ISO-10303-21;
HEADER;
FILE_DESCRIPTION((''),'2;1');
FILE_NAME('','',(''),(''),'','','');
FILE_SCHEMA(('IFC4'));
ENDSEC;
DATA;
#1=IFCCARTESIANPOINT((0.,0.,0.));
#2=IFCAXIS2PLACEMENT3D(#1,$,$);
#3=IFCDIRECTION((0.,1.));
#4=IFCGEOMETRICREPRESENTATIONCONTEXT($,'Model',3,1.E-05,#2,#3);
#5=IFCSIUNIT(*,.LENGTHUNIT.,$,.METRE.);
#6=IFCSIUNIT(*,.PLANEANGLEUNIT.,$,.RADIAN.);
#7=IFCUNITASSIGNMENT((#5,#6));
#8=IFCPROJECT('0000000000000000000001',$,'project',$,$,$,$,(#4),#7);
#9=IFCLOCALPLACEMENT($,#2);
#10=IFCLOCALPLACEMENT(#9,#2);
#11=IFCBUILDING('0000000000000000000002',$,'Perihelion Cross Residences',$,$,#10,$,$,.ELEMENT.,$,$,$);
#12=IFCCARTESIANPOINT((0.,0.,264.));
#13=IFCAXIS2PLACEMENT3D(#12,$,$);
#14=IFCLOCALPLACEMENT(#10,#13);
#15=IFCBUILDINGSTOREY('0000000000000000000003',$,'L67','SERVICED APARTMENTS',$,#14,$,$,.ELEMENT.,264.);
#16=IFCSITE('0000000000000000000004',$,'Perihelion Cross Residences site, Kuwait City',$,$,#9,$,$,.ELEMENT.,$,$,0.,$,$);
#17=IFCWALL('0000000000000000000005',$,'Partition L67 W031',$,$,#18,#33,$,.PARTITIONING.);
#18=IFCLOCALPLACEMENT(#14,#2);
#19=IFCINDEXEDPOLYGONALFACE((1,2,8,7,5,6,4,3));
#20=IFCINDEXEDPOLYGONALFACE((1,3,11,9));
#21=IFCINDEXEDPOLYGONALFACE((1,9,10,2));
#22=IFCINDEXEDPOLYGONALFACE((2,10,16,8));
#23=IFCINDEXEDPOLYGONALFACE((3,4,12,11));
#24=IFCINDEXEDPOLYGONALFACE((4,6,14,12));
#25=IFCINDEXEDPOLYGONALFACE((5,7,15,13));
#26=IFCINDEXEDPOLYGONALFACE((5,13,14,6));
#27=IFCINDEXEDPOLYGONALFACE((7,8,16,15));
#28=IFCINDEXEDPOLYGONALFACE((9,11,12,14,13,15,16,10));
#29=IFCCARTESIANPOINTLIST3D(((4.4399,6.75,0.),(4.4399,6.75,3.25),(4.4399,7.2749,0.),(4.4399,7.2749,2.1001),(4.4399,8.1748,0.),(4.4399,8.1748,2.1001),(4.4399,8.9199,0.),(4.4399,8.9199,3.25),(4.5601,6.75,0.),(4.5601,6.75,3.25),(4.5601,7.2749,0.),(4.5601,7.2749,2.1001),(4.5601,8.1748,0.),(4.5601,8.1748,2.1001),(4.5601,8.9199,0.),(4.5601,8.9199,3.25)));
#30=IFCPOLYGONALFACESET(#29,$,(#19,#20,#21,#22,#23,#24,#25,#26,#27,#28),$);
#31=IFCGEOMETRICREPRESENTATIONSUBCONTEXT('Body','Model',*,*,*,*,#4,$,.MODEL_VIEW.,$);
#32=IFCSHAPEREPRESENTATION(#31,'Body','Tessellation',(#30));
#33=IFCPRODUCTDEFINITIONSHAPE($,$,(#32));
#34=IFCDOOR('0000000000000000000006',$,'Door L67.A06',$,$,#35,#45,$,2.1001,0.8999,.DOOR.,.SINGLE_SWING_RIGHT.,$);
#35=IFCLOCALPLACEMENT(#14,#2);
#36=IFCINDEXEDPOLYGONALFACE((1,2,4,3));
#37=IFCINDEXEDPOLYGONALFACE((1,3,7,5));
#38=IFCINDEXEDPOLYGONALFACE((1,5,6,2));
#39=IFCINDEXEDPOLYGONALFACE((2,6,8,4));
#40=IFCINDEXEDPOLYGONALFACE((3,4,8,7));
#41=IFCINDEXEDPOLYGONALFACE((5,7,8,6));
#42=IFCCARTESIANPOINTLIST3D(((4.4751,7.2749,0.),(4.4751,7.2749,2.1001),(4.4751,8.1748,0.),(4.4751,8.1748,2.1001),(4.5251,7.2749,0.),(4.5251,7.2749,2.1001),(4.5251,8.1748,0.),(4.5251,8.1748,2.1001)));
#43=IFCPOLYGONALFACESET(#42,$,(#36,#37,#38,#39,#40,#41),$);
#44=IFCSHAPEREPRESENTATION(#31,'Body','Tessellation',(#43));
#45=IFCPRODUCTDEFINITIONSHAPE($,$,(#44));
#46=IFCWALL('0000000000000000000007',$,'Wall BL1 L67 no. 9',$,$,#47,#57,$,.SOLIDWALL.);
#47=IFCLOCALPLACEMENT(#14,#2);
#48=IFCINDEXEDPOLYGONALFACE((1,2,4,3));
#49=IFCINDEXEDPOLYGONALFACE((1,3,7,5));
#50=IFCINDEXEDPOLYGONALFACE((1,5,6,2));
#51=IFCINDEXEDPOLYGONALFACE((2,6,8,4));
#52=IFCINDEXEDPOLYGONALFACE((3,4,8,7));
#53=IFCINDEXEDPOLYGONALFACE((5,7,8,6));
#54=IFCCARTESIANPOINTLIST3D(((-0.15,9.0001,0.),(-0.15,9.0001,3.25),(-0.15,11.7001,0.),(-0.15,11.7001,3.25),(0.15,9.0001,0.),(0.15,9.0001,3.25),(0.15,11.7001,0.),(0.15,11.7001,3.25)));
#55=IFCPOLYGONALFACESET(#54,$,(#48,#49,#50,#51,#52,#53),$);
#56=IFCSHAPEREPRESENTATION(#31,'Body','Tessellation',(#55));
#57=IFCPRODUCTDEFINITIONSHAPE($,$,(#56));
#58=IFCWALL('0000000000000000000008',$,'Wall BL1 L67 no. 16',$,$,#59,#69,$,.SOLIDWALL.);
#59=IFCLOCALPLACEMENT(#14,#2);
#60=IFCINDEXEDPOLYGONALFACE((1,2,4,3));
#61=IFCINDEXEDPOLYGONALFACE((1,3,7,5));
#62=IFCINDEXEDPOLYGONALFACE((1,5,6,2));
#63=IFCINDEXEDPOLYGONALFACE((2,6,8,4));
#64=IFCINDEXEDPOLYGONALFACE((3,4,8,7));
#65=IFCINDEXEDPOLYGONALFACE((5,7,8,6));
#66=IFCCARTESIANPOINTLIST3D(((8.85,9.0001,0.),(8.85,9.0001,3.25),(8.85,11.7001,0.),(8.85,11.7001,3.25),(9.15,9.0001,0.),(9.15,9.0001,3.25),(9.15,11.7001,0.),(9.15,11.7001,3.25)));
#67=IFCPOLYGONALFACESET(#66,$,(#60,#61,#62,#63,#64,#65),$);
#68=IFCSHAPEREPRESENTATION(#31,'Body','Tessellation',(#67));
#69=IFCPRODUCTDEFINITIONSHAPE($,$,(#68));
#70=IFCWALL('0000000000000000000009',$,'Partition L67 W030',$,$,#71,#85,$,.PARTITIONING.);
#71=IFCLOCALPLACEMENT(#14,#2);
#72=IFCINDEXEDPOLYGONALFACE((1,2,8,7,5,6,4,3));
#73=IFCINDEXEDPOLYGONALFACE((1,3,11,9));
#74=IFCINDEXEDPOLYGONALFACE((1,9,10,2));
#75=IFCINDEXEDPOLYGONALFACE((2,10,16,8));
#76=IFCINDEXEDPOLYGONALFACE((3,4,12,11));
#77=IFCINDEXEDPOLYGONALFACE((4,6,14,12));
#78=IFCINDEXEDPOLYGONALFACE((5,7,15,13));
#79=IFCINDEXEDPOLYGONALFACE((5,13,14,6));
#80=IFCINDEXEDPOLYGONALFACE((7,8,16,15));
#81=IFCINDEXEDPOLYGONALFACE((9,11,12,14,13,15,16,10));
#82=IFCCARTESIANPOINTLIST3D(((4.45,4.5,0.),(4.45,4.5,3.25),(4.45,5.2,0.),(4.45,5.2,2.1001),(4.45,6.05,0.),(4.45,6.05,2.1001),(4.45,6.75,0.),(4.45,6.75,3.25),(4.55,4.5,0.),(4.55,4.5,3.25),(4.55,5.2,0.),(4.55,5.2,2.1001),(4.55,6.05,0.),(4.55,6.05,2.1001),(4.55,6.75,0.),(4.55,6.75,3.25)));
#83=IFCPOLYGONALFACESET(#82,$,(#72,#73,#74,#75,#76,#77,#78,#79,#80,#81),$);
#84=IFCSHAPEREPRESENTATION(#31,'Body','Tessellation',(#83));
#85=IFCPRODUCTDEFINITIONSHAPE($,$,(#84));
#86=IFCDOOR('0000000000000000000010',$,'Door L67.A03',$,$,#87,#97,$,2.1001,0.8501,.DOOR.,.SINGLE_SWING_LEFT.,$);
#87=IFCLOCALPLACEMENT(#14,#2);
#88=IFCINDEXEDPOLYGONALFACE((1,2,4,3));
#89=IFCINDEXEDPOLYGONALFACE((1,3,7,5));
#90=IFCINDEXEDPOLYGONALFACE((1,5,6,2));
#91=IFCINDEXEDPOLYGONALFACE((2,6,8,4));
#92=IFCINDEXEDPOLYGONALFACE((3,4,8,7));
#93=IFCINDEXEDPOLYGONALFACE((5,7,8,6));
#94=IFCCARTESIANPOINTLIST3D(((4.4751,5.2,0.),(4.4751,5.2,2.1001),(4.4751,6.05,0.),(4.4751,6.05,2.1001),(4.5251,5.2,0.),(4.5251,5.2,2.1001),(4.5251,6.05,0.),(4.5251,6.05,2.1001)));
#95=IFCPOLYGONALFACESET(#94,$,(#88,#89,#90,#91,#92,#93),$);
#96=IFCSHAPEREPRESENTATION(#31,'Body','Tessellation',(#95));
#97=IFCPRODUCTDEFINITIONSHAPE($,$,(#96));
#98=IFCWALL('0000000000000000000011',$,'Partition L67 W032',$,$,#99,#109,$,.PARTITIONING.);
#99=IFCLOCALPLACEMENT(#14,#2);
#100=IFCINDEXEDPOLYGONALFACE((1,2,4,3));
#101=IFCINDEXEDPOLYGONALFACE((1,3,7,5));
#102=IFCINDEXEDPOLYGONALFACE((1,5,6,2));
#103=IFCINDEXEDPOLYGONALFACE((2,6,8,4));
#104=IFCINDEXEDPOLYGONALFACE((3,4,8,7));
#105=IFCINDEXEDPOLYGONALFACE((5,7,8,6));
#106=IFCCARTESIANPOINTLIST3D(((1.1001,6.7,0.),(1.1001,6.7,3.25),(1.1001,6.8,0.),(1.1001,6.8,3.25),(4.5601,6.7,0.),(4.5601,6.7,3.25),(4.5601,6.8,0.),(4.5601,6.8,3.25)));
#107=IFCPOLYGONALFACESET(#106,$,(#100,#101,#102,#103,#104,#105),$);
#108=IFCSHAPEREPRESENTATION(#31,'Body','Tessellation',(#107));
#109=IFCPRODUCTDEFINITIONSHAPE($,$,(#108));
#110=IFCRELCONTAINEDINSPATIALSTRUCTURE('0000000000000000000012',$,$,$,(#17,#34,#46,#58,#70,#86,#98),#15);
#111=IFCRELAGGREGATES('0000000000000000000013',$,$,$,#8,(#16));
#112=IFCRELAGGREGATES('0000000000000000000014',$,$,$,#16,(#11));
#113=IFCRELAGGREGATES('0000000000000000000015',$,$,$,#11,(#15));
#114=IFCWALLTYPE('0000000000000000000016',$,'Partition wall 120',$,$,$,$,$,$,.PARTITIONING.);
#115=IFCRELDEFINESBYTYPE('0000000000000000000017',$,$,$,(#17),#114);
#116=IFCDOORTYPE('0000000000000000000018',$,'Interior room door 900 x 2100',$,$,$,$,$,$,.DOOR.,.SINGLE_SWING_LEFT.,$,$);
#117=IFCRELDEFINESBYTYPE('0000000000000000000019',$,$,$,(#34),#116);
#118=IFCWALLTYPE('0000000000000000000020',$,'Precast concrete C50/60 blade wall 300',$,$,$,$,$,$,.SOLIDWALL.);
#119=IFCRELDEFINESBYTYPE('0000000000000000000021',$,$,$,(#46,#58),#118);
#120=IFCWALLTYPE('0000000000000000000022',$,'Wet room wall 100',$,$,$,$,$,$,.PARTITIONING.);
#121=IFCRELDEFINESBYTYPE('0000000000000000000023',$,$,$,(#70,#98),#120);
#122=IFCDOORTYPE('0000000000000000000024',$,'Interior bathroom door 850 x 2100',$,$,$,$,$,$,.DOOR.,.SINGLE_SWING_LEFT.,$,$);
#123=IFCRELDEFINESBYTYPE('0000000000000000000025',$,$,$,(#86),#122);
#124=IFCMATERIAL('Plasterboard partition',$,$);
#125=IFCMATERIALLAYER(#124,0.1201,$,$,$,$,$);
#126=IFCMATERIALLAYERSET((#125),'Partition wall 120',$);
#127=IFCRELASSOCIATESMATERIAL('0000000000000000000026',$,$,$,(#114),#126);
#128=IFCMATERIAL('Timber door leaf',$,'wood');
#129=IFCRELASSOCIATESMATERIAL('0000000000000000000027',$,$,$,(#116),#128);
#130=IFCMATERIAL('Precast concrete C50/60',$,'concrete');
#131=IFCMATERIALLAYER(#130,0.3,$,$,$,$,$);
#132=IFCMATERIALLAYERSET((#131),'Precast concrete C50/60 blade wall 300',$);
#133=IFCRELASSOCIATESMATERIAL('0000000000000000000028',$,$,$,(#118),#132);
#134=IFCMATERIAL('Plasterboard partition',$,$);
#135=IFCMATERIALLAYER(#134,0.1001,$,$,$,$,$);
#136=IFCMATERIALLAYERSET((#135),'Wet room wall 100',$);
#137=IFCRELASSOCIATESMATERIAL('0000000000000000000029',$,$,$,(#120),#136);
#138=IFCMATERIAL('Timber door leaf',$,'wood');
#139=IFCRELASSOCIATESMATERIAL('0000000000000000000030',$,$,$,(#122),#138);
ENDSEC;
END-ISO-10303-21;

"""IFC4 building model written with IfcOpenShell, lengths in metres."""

from ifc_helpers import new_model, si_unit, direction, frame, frame_2d, origin, place, context, subcontext, project, spatial, rectangle, extrude, material, layer, layer_set, type_object, element, fill, save


model = new_model("IFC4")

# Units and contexts
model_context = context("Model", 3, precision=1e-05, world=origin(), true_north=direction((0.0, 1.0)))
body_context = subcontext(model_context, "Body", "Model", "MODEL_VIEW")
ifc_project = project(units=[si_unit("LENGTHUNIT", "METRE"), si_unit("PLANEANGLEUNIT", "RADIAN")], contexts=[model_context])

# Site, building, storey
site_placement = place(None, origin())
site = spatial("IfcSite", under=ifc_project, at=site_placement, Name="Perihelion Cross Residences site, Kuwait City", CompositionType="ELEMENT", RefElevation=0.0)
building_placement = place(site_placement, origin())
building = spatial("IfcBuilding", under=site, at=building_placement, Name="Perihelion Cross Residences", CompositionType="ELEMENT")
storey_placement = place(building_placement, frame((0.0, 0.0, 264.0)))
storey = spatial("IfcBuildingStorey", under=building, at=storey_placement, Name="L67", Description="SERVICED APARTMENTS", CompositionType="ELEMENT", Elevation=264.0)

# Wall, opening, door
ifc_material_1 = material(Name="Plasterboard partition")
ifc_layer_1 = layer(ifc_material_1, 0.1201)
ifc_layer_set_1 = layer_set([ifc_layer_1], Name="Partition wall 120")
wall_type_1 = type_object("IfcWallType", Name="Partition wall 120", PredefinedType="PARTITIONING", material=ifc_layer_set_1)
ifc_material_2 = material(Name="Timber door leaf", Category="wood")
door_type_1 = type_object("IfcDoorType", Name="Interior room door 900 x 2100", OperationType="SINGLE_SWING_LEFT", PredefinedType="DOOR", material=ifc_material_2)
wall_1_placement = place(storey_placement, frame((4.5, 6.75, 0.0), z_axis=(0.0, 0.0, 1.0), x_axis=(0.0, 1.0, 0.0)))
wall_1 = element("IfcWall", 1, at=wall_1_placement, inside=storey, type_object=wall_type_1, Name="Partition L67 W031", PredefinedType="PARTITIONING", context=body_context, shape_type="SweptSolid", body=[
    extrude(rectangle(XDim=2.1699, YDim=0.1201, at=frame_2d((1.085, 0.0))), origin(), (0.0, 0.0, 1.0), 3.25),
])
opening_1_placement = place(wall_1_placement, frame((0.5249, 0.0, 0.0)))
opening_1 = element("IfcOpeningElement", 2, at=opening_1_placement, cuts=wall_1, PredefinedType="OPENING", context=body_context, shape_type="SweptSolid", body=[
    extrude(rectangle(XDim=0.8999, YDim=2.1001, at=frame_2d((0.45, 1.05))), frame((0.0, 0.0701, 0.0), z_axis=(0.0, -1.0, 0.0), x_axis=(1.0, 0.0, 0.0)), (0.0, 0.0, 1.0), 0.1401),
])
door_1_placement = place(opening_1_placement, origin())
door_1 = element("IfcDoor", 3, at=door_1_placement, inside=storey, type_object=door_type_1, Name="Door L67.A06", OperationType="SINGLE_SWING_RIGHT", OverallHeight=2.1001, OverallWidth=0.8999, PredefinedType="DOOR", context=body_context, shape_type="SweptSolid", body=[
    extrude(rectangle(XDim=0.8999, YDim=2.1001, at=frame_2d((0.45, 1.05))), frame((0.0, 0.0249, 0.0), z_axis=(0.0, -1.0, 0.0), x_axis=(1.0, 0.0, 0.0)), (0.0, 0.0, 1.0), 0.05),
])
fill(opening_1, door_1)

# Walls
ifc_material_3 = material(Name="Precast concrete C50/60", Category="concrete")
ifc_layer_2 = layer(ifc_material_3, 0.3)
ifc_layer_set_2 = layer_set([ifc_layer_2], Name="Precast concrete C50/60 blade wall 300")
wall_type_2 = type_object("IfcWallType", Name="Precast concrete C50/60 blade wall 300", PredefinedType="SOLIDWALL", material=ifc_layer_set_2)
for number, where, z_axis, x_axis, name in (
    (4, (0.0, 9.0, 0.0), (0.0, 0.0, 1.0), (0.0, 1.0, 0.0), "Wall BL1 L67 no. 9"),
    (5, (9.0, 9.0, 0.0), (0.0, 0.0, 1.0), (0.0, 1.0, 0.0), "Wall BL1 L67 no. 16"),
):
    element("IfcWall", number, at=place(storey_placement, frame(where, z_axis=z_axis, x_axis=x_axis)), inside=storey, type_object=wall_type_2, Name=name, PredefinedType="SOLIDWALL", context=body_context, shape_type="SweptSolid", body=[
        extrude(rectangle(XDim=2.7, YDim=0.3, at=frame_2d((1.3501, 0.0))), origin(), (0.0, 0.0, 1.0), 3.25),
    ])

# Wall, opening, door
ifc_material_4 = material(Name="Plasterboard partition")
ifc_layer_3 = layer(ifc_material_4, 0.1001)
ifc_layer_set_3 = layer_set([ifc_layer_3], Name="Wet room wall 100")
wall_type_3 = type_object("IfcWallType", Name="Wet room wall 100", PredefinedType="PARTITIONING", material=ifc_layer_set_3)
wall_2_placement = place(storey_placement, frame((4.5, 4.5, 0.0), z_axis=(0.0, 0.0, 1.0), x_axis=(0.0, 1.0, 0.0)))
wall_2 = element("IfcWall", 6, at=wall_2_placement, inside=storey, type_object=wall_type_3, Name="Partition L67 W030", PredefinedType="PARTITIONING", context=body_context, shape_type="SweptSolid", body=[
    extrude(rectangle(XDim=2.25, YDim=0.1001, at=frame_2d((1.125, 0.0))), origin(), (0.0, 0.0, 1.0), 3.25),
])
opening_2_placement = place(wall_2_placement, frame((0.7, 0.0, 0.0)))
opening_2 = element("IfcOpeningElement", 7, at=opening_2_placement, cuts=wall_2, PredefinedType="OPENING", context=body_context, shape_type="SweptSolid", body=[
    extrude(rectangle(XDim=0.8501, YDim=2.1001, at=frame_2d((0.425, 1.05))), frame((0.0, 0.0601, 0.0), z_axis=(0.0, -1.0, 0.0), x_axis=(1.0, 0.0, 0.0)), (0.0, 0.0, 1.0), 0.1201),
])
ifc_material_5 = material(Name="Timber door leaf", Category="wood")
door_type_2 = type_object("IfcDoorType", Name="Interior bathroom door 850 x 2100", OperationType="SINGLE_SWING_LEFT", PredefinedType="DOOR", material=ifc_material_5)
door_2_placement = place(opening_2_placement, origin())
door_2 = element("IfcDoor", 8, at=door_2_placement, inside=storey, type_object=door_type_2, Name="Door L67.A03", OperationType="SINGLE_SWING_LEFT", OverallHeight=2.1001, OverallWidth=0.8501, PredefinedType="DOOR", context=body_context, shape_type="SweptSolid", body=[
    extrude(rectangle(XDim=0.8501, YDim=2.1001, at=frame_2d((0.425, 1.05))), frame((0.0, 0.0249, 0.0), z_axis=(0.0, -1.0, 0.0), x_axis=(1.0, 0.0, 0.0)), (0.0, 0.0, 1.0), 0.05),
])
fill(opening_2, door_2)

# Wall
wall_3_placement = place(storey_placement, frame((1.1001, 6.75, 0.0), z_axis=(0.0, 0.0, 1.0), x_axis=(1.0, 0.0, 0.0)))
element("IfcWall", 9, at=wall_3_placement, inside=storey, type_object=wall_type_3, Name="Partition L67 W032", PredefinedType="PARTITIONING", context=body_context, shape_type="SweptSolid", body=[
    extrude(rectangle(XDim=3.46, YDim=0.1001, at=frame_2d((1.73, 0.0))), origin(), (0.0, 0.0, 1.0), 3.25),
])

save(model, "model.ifc")
